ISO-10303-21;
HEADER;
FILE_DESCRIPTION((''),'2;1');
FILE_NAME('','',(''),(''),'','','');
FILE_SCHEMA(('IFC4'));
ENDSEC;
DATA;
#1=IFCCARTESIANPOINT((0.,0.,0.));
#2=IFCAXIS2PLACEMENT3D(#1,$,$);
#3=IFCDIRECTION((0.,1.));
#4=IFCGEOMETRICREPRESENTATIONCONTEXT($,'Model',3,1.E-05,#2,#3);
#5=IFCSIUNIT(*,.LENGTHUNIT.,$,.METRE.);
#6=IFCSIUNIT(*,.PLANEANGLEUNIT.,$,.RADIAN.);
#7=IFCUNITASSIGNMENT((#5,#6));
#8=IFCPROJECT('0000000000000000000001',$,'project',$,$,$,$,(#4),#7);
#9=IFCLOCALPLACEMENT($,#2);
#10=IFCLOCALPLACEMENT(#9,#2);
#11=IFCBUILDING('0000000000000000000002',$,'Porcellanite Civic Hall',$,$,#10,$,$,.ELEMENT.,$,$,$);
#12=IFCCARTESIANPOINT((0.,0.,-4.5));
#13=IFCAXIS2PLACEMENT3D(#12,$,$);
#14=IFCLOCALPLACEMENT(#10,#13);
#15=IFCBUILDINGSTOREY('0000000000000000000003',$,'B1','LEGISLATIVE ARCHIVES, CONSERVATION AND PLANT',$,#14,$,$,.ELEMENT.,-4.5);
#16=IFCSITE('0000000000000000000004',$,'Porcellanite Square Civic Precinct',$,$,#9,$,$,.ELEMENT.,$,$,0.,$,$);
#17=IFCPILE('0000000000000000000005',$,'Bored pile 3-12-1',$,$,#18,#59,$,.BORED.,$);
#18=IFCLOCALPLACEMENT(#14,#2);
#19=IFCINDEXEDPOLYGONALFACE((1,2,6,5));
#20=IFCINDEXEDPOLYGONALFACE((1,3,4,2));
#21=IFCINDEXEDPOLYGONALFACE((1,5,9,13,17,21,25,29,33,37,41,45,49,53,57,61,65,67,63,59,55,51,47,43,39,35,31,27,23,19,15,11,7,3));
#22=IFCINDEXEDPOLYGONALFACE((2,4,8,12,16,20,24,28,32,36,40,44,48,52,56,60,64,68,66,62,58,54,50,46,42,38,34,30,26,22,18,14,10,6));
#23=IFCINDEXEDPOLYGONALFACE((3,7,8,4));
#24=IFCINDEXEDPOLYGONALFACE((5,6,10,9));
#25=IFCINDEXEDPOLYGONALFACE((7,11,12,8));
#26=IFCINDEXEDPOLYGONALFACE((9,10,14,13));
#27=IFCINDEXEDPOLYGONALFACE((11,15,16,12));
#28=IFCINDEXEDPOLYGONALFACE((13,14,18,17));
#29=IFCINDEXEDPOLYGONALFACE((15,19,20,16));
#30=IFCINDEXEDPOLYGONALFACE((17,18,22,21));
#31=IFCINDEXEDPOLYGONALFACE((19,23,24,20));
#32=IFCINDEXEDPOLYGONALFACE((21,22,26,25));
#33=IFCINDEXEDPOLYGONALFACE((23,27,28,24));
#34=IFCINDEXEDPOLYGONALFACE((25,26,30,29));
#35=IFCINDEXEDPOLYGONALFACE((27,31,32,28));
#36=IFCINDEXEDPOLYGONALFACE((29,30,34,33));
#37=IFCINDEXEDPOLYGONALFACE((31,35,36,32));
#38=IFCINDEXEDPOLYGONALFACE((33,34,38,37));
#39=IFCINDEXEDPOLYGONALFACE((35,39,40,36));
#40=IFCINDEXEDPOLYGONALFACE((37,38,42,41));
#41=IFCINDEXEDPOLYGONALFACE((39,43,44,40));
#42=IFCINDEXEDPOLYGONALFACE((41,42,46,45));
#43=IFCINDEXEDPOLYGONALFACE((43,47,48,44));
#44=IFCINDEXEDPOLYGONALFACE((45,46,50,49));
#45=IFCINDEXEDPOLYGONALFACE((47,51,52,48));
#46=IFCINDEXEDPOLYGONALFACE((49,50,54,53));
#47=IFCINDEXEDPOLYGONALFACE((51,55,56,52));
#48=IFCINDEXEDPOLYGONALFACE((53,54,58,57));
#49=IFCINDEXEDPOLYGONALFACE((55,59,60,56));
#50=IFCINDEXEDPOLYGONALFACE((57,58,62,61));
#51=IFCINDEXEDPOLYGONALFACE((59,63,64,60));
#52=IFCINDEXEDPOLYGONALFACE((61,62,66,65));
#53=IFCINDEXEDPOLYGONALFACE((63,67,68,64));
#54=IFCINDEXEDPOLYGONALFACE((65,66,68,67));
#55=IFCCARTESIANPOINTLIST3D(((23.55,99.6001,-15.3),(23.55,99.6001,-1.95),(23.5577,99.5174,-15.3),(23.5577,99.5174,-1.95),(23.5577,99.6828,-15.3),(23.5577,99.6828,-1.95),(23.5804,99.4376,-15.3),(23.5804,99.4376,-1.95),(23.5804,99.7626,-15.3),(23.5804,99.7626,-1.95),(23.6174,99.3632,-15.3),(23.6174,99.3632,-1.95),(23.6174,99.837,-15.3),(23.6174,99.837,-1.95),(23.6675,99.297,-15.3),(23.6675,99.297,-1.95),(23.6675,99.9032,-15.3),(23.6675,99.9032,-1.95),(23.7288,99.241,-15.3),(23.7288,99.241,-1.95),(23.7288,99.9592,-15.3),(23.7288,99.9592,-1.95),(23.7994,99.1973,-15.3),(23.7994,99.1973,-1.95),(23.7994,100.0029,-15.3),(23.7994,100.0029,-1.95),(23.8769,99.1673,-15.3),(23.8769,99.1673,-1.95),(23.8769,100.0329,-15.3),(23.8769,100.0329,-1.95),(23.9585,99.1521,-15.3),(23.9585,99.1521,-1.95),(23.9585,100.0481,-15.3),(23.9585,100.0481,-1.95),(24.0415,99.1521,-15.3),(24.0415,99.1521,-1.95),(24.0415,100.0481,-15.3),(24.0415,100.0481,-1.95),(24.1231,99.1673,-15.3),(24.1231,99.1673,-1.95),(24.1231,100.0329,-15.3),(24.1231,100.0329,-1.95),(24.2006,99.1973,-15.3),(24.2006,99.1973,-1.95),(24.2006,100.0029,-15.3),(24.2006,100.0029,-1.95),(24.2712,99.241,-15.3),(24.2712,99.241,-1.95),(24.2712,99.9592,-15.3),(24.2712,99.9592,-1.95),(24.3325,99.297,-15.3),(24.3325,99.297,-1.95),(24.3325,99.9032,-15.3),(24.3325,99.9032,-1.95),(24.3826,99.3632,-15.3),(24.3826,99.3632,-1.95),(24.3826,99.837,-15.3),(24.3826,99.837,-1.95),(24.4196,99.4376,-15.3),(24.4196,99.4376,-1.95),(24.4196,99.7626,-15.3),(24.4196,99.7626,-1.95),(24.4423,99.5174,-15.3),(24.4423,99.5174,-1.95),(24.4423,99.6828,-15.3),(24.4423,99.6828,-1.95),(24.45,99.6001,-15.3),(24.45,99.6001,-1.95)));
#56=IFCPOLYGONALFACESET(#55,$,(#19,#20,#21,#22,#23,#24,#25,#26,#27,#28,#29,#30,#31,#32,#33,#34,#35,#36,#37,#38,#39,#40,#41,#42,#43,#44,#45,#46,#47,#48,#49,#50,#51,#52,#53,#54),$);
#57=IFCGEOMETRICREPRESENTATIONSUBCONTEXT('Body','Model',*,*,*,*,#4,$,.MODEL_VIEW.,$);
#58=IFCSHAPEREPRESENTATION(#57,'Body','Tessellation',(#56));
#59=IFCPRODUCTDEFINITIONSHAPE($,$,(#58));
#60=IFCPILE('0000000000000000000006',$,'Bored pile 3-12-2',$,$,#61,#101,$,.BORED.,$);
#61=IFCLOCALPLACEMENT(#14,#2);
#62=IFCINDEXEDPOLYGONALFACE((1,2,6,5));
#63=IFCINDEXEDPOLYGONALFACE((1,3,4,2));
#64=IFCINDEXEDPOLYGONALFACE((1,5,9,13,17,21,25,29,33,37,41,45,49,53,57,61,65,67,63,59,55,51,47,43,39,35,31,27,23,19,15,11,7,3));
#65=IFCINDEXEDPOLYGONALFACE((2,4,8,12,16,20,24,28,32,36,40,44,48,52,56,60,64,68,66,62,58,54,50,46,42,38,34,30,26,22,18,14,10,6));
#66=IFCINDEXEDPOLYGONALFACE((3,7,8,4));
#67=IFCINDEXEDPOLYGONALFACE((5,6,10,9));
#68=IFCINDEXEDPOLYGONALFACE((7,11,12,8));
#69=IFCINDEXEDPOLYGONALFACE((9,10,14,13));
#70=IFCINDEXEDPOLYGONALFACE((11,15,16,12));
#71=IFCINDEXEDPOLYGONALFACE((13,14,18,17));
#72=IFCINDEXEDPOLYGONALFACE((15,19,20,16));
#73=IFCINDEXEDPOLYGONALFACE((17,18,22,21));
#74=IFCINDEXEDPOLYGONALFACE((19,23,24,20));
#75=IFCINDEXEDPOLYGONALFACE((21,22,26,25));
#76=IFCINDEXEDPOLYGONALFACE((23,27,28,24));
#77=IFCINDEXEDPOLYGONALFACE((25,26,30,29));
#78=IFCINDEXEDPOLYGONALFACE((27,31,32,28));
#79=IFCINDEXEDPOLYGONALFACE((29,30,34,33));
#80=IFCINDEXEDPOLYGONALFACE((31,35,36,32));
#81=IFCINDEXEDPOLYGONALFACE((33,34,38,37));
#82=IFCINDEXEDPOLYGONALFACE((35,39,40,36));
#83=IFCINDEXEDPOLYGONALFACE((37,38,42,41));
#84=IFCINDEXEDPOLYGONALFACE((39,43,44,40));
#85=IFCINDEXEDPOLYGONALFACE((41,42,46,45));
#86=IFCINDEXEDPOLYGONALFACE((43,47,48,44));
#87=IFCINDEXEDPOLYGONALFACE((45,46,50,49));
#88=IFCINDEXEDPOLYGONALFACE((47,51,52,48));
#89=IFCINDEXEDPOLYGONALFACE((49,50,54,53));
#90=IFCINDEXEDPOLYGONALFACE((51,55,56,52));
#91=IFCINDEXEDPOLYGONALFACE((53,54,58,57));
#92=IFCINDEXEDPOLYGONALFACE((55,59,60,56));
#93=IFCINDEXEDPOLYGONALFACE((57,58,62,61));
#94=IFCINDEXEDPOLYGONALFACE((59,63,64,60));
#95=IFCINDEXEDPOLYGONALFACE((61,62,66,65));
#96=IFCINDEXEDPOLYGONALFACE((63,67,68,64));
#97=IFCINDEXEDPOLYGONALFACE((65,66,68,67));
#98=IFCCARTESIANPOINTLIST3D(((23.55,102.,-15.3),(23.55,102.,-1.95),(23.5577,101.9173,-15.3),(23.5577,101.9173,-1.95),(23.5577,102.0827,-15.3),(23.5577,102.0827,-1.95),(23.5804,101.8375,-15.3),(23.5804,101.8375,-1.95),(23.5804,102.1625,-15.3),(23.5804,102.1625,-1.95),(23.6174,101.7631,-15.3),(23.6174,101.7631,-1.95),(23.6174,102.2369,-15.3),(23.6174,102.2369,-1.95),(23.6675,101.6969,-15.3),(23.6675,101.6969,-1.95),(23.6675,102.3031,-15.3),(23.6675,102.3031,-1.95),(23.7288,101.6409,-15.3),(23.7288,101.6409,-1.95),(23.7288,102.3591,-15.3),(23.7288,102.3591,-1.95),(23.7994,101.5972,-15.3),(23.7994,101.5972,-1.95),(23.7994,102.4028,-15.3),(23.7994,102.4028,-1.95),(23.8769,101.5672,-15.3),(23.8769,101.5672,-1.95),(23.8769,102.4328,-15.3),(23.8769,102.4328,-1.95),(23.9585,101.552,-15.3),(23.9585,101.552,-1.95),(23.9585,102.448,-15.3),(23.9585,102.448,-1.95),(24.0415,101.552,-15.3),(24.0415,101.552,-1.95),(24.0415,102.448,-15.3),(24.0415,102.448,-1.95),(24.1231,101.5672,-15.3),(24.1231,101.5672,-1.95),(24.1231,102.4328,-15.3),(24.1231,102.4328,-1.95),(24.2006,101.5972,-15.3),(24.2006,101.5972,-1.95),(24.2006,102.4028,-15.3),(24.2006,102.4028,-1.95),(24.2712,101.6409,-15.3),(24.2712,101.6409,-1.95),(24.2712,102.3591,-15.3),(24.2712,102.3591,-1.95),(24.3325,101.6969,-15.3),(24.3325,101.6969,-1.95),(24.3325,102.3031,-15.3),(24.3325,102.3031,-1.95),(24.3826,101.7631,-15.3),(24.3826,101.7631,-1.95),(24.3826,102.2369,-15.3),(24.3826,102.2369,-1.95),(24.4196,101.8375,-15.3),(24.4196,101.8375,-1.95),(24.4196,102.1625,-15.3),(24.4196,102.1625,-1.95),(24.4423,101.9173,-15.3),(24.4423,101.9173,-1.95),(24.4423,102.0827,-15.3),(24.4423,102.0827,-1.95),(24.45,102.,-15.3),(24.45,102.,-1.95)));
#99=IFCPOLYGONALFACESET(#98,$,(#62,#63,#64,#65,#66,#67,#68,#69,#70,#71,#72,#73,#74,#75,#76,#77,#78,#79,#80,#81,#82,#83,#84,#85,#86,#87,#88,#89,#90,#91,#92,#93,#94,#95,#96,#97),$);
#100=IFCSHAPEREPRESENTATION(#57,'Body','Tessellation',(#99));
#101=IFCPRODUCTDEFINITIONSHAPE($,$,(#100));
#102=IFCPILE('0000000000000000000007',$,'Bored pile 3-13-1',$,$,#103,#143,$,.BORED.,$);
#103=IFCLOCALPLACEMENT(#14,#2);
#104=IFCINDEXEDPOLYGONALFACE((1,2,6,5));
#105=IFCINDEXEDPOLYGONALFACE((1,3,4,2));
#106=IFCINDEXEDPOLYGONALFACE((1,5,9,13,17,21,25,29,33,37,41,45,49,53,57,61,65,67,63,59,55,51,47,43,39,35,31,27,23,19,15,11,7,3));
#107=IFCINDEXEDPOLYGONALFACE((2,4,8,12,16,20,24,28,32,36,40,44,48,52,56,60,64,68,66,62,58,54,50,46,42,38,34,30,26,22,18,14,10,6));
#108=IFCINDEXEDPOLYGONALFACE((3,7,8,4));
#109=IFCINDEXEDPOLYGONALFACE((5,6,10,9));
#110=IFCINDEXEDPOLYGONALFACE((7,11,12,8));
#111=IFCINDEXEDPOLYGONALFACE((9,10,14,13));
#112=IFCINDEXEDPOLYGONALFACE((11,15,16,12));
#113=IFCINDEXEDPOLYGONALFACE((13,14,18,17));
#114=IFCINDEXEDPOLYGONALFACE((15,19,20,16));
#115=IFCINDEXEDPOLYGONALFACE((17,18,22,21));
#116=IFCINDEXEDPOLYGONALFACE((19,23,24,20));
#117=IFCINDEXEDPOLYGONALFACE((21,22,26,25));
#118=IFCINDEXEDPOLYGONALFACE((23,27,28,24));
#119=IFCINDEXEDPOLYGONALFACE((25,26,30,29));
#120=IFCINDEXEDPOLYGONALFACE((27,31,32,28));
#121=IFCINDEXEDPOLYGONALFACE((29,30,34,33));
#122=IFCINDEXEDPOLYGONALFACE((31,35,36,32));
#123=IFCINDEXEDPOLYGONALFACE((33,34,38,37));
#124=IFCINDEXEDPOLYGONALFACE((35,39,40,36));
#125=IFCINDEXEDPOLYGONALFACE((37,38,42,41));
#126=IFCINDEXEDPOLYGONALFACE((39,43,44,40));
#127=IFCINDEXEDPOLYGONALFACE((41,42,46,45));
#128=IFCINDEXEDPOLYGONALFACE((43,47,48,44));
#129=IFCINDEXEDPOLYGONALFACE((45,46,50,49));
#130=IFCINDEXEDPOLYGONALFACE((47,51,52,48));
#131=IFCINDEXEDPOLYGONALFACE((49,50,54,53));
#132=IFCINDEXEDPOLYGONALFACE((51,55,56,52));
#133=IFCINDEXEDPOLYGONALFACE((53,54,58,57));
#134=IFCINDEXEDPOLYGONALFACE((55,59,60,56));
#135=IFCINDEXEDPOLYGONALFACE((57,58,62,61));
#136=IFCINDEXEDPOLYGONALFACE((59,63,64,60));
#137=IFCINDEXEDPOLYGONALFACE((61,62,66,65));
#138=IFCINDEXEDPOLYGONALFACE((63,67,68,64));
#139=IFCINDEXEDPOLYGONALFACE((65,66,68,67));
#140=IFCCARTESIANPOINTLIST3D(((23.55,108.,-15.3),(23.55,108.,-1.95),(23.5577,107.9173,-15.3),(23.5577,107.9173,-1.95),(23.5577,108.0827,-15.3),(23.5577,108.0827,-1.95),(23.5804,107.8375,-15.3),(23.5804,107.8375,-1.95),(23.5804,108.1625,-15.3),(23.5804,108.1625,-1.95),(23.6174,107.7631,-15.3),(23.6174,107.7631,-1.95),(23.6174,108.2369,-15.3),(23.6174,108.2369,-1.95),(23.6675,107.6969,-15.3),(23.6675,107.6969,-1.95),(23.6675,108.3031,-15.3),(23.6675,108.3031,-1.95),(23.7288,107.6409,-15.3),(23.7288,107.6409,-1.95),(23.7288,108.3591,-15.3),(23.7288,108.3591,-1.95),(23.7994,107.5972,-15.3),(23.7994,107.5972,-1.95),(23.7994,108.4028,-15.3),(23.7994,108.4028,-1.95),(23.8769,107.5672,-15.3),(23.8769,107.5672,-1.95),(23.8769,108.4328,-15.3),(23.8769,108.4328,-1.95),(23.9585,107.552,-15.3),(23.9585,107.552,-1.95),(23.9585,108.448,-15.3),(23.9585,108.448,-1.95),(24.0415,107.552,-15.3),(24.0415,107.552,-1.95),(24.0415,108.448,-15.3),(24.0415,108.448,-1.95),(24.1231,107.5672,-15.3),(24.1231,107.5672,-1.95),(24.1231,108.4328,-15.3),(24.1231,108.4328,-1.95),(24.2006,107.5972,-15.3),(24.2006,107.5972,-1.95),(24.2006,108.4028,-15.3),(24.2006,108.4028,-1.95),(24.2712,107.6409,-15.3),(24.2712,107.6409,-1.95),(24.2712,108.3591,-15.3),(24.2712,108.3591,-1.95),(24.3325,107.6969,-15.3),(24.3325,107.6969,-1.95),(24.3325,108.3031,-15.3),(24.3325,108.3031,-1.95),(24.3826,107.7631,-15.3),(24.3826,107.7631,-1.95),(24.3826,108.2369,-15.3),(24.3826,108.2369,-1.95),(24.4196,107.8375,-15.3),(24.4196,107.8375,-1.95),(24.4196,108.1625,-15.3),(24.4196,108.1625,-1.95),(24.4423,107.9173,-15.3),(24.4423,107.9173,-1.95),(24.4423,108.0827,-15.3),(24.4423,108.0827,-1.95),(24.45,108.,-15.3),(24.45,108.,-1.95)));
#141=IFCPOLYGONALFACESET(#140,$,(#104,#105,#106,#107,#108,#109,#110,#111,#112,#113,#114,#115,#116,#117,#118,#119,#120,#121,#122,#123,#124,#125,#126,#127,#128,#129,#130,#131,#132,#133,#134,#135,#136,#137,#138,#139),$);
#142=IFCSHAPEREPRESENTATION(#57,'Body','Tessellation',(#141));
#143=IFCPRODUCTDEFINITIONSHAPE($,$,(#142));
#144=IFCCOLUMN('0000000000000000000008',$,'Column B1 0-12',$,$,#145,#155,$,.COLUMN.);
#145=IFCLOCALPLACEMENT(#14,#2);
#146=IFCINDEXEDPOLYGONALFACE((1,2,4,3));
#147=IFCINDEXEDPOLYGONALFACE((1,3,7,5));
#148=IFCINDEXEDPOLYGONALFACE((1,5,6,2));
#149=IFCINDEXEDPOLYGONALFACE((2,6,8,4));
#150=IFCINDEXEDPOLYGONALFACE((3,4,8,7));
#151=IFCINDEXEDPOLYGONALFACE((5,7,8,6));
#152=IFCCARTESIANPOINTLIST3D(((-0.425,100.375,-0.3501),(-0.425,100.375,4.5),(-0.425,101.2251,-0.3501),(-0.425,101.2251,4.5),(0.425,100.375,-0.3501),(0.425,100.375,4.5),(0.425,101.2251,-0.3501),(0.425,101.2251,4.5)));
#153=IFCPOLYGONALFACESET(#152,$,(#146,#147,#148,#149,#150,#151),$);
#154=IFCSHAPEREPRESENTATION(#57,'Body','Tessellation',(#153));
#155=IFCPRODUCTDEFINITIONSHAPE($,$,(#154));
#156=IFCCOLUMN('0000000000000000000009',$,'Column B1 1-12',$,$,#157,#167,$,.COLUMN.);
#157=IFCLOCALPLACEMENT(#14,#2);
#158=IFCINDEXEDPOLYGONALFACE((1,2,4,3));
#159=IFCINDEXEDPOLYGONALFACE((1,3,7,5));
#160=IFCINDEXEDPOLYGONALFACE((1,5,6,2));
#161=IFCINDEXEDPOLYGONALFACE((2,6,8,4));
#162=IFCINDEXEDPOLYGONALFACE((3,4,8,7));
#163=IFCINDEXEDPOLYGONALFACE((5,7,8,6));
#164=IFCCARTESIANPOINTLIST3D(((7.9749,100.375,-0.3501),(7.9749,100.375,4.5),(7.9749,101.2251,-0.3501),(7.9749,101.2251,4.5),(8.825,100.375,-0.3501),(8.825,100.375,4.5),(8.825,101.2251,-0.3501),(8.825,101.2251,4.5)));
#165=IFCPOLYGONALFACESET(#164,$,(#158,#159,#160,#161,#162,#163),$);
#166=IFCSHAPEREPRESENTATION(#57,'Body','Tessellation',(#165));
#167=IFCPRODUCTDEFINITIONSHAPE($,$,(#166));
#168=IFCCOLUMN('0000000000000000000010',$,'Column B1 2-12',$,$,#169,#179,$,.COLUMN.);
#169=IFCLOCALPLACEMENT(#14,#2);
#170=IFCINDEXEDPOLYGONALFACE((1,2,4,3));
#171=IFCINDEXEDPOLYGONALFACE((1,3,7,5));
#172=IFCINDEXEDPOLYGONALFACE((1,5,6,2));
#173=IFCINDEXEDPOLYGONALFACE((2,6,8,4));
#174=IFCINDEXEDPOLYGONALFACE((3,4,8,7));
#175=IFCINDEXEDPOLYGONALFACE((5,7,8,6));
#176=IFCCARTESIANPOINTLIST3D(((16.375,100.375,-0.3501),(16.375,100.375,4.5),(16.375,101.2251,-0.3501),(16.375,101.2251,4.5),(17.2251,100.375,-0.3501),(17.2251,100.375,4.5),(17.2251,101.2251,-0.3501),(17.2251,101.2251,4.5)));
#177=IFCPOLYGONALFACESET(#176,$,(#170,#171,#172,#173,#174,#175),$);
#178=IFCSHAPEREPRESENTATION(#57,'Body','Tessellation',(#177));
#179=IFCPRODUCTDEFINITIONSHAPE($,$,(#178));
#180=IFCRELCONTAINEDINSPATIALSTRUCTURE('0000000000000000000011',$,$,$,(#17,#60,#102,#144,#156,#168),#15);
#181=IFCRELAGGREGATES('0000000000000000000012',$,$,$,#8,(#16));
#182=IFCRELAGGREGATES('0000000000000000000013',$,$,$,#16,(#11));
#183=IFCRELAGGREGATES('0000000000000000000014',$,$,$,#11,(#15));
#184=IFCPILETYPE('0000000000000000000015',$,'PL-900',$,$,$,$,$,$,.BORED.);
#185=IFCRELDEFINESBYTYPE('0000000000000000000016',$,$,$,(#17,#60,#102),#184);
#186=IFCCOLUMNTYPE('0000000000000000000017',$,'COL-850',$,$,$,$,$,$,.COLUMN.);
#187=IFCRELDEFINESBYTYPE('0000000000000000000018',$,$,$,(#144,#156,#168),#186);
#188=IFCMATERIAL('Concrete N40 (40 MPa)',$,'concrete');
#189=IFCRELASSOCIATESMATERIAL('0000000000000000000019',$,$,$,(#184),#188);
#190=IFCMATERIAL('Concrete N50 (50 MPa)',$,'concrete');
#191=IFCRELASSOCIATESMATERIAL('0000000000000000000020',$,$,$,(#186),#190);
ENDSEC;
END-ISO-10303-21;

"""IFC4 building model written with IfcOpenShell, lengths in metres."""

from ifc_helpers import new_model, si_unit, direction, frame, origin, origin_2d, place, context, subcontext, project, spatial, rectangle, circle, extrude, material, material_profile, profile_set, type_object, element, save


model = new_model("IFC4")

# Units and contexts
model_context = context("Model", 3, precision=1e-05, world=origin(), true_north=direction((0.0, 1.0)))
body_context = subcontext(model_context, "Body", "Model", "MODEL_VIEW")
ifc_project = project(units=[si_unit("LENGTHUNIT", "METRE"), si_unit("PLANEANGLEUNIT", "RADIAN")], contexts=[model_context])

# Site, building, storey
site_placement = place(None, origin())
site = spatial("IfcSite", under=ifc_project, at=site_placement, Name="Porcellanite Square Civic Precinct", CompositionType="ELEMENT", RefElevation=0.0)
building_placement = place(site_placement, origin())
building = spatial("IfcBuilding", under=site, at=building_placement, Name="Porcellanite Civic Hall", CompositionType="ELEMENT")
storey_placement = place(building_placement, frame((0.0, 0.0, -4.5)))
storey = spatial("IfcBuildingStorey", under=building, at=storey_placement, Name="B1", Description="LEGISLATIVE ARCHIVES, CONSERVATION AND PLANT", CompositionType="ELEMENT", Elevation=-4.5)

# Piles
ifc_material_1 = material(Name="Concrete N40 (40 MPa)", Category="concrete")
ifc_material_profile_1 = material_profile(ifc_material_1, circle(Radius=0.45, at=origin_2d()), Name="PILE-D900")
ifc_profile_set_1 = profile_set([ifc_material_profile_1], Name="Concrete N40 (40 MPa)")
pile_type_1 = type_object("IfcPileType", Name="PL-900", PredefinedType="BORED", material=ifc_profile_set_1)
for number, where, z_axis, x_axis, name in (
    (1, (24.0, 99.6001, -1.95), (0.0, 0.0, -1.0), (1.0, 0.0, 0.0), "Bored pile 3-12-1"),
    (2, (24.0, 102.0, -1.95), (0.0, 0.0, -1.0), (1.0, 0.0, 0.0), "Bored pile 3-12-2"),
    (3, (24.0, 108.0, -1.95), (0.0, 0.0, -1.0), (1.0, 0.0, 0.0), "Bored pile 3-13-1"),
):
    element("IfcPile", number, at=place(storey_placement, frame(where, z_axis=z_axis, x_axis=x_axis)), inside=storey, type_object=pile_type_1, Name=name, PredefinedType="BORED", context=body_context, shape_type="SweptSolid", body=[
        extrude(circle(Radius=0.45, at=origin_2d()), origin(), (0.0, 0.0, 1.0), 13.3501),
    ])

# Columns
ifc_material_2 = material(Name="Concrete N50 (50 MPa)", Category="concrete")
ifc_material_profile_2 = material_profile(ifc_material_2, rectangle(XDim=0.8501, YDim=0.8501, at=origin_2d()), Name="RC-850x850")
ifc_profile_set_2 = profile_set([ifc_material_profile_2], Name="Concrete N50 (50 MPa)")
column_type = type_object("IfcColumnType", Name="COL-850", PredefinedType="COLUMN", material=ifc_profile_set_2)
for number, where, z_axis, x_axis, name in (
    (4, (0.0, 100.8, -0.3501), (0.0, 0.0, 1.0), (1.0, 0.0, 0.0), "Column B1 0-12"),
    (5, (8.3999, 100.8, -0.3501), (0.0, 0.0, 1.0), (1.0, 0.0, 0.0), "Column B1 1-12"),
    (6, (16.8, 100.8, -0.3501), (0.0, 0.0, 1.0), (1.0, 0.0, 0.0), "Column B1 2-12"),
):
    element("IfcColumn", number, at=place(storey_placement, frame(where, z_axis=z_axis, x_axis=x_axis)), inside=storey, type_object=column_type, Name=name, PredefinedType="COLUMN", context=body_context, shape_type="SweptSolid", body=[
        extrude(rectangle(XDim=0.8501, YDim=0.8501, at=origin_2d()), origin(), (0.0, 0.0, 1.0), 4.8501),
    ])

save(model, "model.ifc")
